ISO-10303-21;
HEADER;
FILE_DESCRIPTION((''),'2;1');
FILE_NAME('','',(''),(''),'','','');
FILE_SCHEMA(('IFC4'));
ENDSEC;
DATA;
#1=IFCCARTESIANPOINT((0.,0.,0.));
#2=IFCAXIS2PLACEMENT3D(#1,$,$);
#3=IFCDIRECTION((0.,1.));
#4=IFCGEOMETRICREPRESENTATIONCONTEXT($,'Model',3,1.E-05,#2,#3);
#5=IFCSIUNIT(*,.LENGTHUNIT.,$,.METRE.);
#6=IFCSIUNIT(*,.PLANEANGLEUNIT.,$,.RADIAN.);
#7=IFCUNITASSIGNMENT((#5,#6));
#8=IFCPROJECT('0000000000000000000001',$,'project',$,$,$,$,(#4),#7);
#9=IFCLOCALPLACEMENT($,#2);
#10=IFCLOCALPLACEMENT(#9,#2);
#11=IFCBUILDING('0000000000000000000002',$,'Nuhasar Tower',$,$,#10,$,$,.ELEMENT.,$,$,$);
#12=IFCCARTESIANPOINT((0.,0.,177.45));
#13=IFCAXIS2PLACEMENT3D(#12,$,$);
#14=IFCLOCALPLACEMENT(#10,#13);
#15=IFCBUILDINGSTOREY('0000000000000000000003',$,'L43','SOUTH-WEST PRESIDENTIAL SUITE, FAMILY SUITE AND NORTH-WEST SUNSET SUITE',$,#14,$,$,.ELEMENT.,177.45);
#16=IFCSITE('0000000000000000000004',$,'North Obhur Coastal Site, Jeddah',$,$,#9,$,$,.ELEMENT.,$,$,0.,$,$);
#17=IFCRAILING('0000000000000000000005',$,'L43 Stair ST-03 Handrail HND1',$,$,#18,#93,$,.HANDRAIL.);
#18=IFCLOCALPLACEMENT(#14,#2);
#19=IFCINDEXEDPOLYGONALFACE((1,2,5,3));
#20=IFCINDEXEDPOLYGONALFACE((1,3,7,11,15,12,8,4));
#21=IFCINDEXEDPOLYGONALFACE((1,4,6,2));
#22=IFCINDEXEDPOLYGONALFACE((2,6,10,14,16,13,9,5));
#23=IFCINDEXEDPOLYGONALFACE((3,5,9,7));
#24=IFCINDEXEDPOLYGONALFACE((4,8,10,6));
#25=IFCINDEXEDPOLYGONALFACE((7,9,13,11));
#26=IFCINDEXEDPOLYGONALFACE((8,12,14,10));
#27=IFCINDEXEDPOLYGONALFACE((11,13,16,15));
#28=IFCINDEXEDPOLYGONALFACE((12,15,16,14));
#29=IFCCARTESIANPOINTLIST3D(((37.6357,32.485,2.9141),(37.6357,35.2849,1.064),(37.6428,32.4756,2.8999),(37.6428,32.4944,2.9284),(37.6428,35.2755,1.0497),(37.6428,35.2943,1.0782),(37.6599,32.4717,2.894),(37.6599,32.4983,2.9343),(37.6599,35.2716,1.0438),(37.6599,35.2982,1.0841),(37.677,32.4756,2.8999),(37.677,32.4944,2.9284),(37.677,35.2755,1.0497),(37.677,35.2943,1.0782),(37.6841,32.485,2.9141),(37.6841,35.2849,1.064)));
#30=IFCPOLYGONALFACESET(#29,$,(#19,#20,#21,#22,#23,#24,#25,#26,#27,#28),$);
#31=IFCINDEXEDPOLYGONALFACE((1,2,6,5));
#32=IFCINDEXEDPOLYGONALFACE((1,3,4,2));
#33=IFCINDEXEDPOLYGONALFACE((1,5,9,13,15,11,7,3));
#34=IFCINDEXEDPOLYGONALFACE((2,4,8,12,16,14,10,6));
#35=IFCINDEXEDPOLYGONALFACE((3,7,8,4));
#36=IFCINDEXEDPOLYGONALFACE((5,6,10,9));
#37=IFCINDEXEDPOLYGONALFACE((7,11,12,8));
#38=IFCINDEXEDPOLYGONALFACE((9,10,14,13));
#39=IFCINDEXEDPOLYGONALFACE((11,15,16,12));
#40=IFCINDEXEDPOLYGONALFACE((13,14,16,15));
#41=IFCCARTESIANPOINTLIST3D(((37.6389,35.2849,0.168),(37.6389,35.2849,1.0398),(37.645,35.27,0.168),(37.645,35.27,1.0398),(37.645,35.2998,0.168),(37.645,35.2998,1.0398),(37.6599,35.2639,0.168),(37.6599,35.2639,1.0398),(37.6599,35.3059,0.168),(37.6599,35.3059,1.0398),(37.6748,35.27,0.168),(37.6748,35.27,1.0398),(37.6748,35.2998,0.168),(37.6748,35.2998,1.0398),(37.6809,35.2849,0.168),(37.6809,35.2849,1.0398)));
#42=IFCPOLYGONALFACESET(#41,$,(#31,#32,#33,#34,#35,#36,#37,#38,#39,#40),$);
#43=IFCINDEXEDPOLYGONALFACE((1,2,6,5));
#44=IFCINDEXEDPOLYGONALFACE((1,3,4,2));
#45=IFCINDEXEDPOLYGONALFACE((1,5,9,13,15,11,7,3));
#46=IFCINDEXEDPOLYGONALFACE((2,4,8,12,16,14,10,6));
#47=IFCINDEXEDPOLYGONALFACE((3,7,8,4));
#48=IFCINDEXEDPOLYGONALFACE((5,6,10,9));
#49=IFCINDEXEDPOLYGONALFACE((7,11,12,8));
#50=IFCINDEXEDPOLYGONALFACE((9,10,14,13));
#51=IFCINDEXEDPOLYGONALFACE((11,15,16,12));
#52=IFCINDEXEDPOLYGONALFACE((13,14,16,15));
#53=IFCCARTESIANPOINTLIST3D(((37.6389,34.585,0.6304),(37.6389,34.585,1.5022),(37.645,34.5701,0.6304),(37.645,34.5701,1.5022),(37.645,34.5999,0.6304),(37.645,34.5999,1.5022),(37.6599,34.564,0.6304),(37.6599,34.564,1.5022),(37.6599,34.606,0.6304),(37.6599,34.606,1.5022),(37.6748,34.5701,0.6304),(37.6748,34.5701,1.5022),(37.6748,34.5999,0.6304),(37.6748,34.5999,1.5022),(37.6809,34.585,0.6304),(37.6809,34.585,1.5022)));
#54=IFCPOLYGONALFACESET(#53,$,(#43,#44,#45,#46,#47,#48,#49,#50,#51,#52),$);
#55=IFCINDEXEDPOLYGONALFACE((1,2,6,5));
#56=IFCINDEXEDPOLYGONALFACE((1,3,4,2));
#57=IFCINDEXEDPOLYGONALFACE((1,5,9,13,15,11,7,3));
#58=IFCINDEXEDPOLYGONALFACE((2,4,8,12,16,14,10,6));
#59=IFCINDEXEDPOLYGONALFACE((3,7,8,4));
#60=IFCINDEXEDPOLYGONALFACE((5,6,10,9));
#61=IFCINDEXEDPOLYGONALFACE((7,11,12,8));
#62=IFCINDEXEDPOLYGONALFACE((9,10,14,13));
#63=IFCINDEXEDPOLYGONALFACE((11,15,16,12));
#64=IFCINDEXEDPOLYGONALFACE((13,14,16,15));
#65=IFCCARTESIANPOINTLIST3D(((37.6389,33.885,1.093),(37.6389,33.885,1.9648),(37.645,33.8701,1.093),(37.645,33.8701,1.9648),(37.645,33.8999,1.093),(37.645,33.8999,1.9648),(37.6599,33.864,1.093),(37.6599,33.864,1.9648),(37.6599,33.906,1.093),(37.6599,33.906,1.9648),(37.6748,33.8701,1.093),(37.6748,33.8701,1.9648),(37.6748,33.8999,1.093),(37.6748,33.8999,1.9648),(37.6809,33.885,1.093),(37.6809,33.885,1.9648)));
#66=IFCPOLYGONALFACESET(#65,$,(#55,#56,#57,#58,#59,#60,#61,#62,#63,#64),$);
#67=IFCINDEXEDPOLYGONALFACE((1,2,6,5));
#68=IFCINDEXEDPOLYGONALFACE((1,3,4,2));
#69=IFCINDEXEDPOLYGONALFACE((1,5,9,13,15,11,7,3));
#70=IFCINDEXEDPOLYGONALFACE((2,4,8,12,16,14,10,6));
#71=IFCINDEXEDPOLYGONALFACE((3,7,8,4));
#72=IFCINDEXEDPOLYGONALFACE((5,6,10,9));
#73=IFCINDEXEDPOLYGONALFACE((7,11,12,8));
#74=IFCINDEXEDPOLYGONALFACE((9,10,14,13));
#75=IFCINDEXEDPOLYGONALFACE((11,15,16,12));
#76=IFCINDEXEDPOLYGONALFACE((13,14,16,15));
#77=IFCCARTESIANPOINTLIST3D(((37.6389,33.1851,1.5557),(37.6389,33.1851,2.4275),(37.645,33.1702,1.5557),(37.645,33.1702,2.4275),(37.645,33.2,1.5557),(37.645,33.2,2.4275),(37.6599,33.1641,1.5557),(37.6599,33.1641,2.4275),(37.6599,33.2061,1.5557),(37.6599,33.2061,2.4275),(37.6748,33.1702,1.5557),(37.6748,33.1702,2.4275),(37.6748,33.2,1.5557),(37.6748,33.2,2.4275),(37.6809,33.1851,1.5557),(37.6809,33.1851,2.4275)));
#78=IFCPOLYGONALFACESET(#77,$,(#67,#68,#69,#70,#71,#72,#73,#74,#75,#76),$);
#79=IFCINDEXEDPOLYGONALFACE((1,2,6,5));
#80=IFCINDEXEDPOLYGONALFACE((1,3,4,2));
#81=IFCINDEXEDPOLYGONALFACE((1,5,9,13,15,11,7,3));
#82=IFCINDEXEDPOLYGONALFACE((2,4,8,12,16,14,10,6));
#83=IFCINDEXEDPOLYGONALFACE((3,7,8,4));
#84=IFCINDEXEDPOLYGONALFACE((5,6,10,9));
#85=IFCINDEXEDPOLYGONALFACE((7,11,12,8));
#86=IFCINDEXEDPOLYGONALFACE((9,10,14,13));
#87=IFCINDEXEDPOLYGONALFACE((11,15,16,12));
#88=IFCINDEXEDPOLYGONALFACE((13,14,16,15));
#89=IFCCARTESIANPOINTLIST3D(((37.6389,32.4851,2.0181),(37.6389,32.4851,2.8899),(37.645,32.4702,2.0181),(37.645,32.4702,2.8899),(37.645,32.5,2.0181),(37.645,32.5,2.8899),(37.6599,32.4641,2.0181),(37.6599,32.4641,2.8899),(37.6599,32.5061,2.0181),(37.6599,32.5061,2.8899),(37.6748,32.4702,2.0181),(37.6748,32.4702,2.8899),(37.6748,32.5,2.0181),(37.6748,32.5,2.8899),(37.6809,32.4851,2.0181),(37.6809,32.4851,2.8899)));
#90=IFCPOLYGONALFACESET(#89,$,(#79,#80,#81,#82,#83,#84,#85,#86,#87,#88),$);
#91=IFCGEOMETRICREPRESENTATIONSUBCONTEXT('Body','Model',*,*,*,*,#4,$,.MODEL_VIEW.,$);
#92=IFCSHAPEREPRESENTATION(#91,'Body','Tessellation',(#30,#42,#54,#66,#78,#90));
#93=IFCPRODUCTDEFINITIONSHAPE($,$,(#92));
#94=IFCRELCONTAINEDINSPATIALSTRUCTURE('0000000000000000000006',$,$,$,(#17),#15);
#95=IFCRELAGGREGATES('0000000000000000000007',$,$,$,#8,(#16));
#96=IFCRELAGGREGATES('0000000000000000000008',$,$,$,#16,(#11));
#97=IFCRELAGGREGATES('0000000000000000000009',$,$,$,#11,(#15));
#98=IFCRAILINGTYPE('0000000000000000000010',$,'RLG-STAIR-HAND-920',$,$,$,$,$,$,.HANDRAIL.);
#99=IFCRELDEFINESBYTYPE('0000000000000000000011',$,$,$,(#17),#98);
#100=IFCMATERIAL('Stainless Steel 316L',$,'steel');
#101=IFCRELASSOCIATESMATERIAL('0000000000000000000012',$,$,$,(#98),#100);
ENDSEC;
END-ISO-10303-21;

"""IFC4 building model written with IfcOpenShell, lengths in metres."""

from ifc_helpers import new_model, si_unit, direction, frame, origin, place, context, subcontext, project, spatial, polyline, outline, extrude, material, type_object, element, save


model = new_model("IFC4")

# Units and contexts
model_context = context("Model", 3, precision=1e-05, world=origin(), true_north=direction((0.0, 1.0)))
body_context = subcontext(model_context, "Body", "Model", "MODEL_VIEW")
ifc_project = project(units=[si_unit("LENGTHUNIT", "METRE"), si_unit("PLANEANGLEUNIT", "RADIAN")], contexts=[model_context])

# Site, building, storey
site_placement = place(None, origin())
site = spatial("IfcSite", under=ifc_project, at=site_placement, Name="North Obhur Coastal Site, Jeddah", CompositionType="ELEMENT", RefElevation=0.0)
building_placement = place(site_placement, origin())
building = spatial("IfcBuilding", under=site, at=building_placement, Name="Nuhasar Tower", CompositionType="ELEMENT")
storey_placement = place(building_placement, frame((0.0, 0.0, 177.45)))
storey = spatial("IfcBuildingStorey", under=building, at=storey_placement, Name="L43", Description="SOUTH-WEST PRESIDENTIAL SUITE, FAMILY SUITE AND NORTH-WEST SUNSET SUITE", CompositionType="ELEMENT", Elevation=177.45)

# Railing
ifc_material_1 = material(Name="Stainless Steel 316L", Category="steel")
railing_type_1 = type_object("IfcRailingType", Name="RLG-STAIR-HAND-920", PredefinedType="HANDRAIL", material=ifc_material_1)
railing_1_placement = place(storey_placement, frame((37.6599, 35.2849, 0.168)))
element("IfcRailing", 1, at=railing_1_placement, inside=storey, type_object=railing_type_1, Name="L43 Stair ST-03 Handrail HND1", PredefinedType="HANDRAIL", context=body_context, shape_type="SweptSolid", body=[
    extrude(outline(polyline([(0.0242, 0.0), (0.0171, 0.0171), (0.0, 0.0242), (-0.0171, 0.0171), (-0.0242, 0.0), (-0.0171, -0.0171), (0.0, -0.0242), (0.0171, -0.0171), (0.0242, 0.0)])), frame((0.0, 0.0, 0.896), z_axis=(0.0, -0.834304, 0.551304), x_axis=(1.0, 0.0, 0.0)), (0.0, 0.0, 1.0), 3.356),
    extrude(outline(polyline([(0.021, 0.0), (0.0149, 0.0149), (0.0, 0.021), (-0.0149, 0.0149), (-0.021, 0.0), (-0.0149, -0.0149), (0.0, -0.021), (0.0149, -0.0149), (0.021, 0.0)])), origin(), (0.0, 0.0, 1.0), 0.8718),
    extrude(outline(polyline([(0.021, 0.0), (0.0149, 0.0149), (0.0, 0.021), (-0.0149, 0.0149), (-0.021, 0.0), (-0.0149, -0.0149), (0.0, -0.021), (0.0149, -0.0149), (0.021, 0.0)])), frame((0.0, -0.7, 0.4624)), (0.0, 0.0, 1.0), 0.8718),
    extrude(outline(polyline([(0.021, 0.0), (0.0149, 0.0149), (0.0, 0.021), (-0.0149, 0.0149), (-0.021, 0.0), (-0.0149, -0.0149), (0.0, -0.021), (0.0149, -0.0149), (0.021, 0.0)])), frame((0.0, -1.3999, 0.925)), (0.0, 0.0, 1.0), 0.8718),
    extrude(outline(polyline([(0.021, 0.0), (0.0149, 0.0149), (0.0, 0.021), (-0.0149, 0.0149), (-0.021, 0.0), (-0.0149, -0.0149), (0.0, -0.021), (0.0149, -0.0149), (0.021, 0.0)])), frame((0.0, -2.0999, 1.3877)), (0.0, 0.0, 1.0), 0.8718),
    extrude(outline(polyline([(0.021, 0.0), (0.0149, 0.0149), (0.0, 0.021), (-0.0149, 0.0149), (-0.021, 0.0), (-0.0149, -0.0149), (0.0, -0.021), (0.0149, -0.0149), (0.021, 0.0)])), frame((0.0, -2.7998, 1.8501)), (0.0, 0.0, 1.0), 0.8718),
])

save(model, "model.ifc")
